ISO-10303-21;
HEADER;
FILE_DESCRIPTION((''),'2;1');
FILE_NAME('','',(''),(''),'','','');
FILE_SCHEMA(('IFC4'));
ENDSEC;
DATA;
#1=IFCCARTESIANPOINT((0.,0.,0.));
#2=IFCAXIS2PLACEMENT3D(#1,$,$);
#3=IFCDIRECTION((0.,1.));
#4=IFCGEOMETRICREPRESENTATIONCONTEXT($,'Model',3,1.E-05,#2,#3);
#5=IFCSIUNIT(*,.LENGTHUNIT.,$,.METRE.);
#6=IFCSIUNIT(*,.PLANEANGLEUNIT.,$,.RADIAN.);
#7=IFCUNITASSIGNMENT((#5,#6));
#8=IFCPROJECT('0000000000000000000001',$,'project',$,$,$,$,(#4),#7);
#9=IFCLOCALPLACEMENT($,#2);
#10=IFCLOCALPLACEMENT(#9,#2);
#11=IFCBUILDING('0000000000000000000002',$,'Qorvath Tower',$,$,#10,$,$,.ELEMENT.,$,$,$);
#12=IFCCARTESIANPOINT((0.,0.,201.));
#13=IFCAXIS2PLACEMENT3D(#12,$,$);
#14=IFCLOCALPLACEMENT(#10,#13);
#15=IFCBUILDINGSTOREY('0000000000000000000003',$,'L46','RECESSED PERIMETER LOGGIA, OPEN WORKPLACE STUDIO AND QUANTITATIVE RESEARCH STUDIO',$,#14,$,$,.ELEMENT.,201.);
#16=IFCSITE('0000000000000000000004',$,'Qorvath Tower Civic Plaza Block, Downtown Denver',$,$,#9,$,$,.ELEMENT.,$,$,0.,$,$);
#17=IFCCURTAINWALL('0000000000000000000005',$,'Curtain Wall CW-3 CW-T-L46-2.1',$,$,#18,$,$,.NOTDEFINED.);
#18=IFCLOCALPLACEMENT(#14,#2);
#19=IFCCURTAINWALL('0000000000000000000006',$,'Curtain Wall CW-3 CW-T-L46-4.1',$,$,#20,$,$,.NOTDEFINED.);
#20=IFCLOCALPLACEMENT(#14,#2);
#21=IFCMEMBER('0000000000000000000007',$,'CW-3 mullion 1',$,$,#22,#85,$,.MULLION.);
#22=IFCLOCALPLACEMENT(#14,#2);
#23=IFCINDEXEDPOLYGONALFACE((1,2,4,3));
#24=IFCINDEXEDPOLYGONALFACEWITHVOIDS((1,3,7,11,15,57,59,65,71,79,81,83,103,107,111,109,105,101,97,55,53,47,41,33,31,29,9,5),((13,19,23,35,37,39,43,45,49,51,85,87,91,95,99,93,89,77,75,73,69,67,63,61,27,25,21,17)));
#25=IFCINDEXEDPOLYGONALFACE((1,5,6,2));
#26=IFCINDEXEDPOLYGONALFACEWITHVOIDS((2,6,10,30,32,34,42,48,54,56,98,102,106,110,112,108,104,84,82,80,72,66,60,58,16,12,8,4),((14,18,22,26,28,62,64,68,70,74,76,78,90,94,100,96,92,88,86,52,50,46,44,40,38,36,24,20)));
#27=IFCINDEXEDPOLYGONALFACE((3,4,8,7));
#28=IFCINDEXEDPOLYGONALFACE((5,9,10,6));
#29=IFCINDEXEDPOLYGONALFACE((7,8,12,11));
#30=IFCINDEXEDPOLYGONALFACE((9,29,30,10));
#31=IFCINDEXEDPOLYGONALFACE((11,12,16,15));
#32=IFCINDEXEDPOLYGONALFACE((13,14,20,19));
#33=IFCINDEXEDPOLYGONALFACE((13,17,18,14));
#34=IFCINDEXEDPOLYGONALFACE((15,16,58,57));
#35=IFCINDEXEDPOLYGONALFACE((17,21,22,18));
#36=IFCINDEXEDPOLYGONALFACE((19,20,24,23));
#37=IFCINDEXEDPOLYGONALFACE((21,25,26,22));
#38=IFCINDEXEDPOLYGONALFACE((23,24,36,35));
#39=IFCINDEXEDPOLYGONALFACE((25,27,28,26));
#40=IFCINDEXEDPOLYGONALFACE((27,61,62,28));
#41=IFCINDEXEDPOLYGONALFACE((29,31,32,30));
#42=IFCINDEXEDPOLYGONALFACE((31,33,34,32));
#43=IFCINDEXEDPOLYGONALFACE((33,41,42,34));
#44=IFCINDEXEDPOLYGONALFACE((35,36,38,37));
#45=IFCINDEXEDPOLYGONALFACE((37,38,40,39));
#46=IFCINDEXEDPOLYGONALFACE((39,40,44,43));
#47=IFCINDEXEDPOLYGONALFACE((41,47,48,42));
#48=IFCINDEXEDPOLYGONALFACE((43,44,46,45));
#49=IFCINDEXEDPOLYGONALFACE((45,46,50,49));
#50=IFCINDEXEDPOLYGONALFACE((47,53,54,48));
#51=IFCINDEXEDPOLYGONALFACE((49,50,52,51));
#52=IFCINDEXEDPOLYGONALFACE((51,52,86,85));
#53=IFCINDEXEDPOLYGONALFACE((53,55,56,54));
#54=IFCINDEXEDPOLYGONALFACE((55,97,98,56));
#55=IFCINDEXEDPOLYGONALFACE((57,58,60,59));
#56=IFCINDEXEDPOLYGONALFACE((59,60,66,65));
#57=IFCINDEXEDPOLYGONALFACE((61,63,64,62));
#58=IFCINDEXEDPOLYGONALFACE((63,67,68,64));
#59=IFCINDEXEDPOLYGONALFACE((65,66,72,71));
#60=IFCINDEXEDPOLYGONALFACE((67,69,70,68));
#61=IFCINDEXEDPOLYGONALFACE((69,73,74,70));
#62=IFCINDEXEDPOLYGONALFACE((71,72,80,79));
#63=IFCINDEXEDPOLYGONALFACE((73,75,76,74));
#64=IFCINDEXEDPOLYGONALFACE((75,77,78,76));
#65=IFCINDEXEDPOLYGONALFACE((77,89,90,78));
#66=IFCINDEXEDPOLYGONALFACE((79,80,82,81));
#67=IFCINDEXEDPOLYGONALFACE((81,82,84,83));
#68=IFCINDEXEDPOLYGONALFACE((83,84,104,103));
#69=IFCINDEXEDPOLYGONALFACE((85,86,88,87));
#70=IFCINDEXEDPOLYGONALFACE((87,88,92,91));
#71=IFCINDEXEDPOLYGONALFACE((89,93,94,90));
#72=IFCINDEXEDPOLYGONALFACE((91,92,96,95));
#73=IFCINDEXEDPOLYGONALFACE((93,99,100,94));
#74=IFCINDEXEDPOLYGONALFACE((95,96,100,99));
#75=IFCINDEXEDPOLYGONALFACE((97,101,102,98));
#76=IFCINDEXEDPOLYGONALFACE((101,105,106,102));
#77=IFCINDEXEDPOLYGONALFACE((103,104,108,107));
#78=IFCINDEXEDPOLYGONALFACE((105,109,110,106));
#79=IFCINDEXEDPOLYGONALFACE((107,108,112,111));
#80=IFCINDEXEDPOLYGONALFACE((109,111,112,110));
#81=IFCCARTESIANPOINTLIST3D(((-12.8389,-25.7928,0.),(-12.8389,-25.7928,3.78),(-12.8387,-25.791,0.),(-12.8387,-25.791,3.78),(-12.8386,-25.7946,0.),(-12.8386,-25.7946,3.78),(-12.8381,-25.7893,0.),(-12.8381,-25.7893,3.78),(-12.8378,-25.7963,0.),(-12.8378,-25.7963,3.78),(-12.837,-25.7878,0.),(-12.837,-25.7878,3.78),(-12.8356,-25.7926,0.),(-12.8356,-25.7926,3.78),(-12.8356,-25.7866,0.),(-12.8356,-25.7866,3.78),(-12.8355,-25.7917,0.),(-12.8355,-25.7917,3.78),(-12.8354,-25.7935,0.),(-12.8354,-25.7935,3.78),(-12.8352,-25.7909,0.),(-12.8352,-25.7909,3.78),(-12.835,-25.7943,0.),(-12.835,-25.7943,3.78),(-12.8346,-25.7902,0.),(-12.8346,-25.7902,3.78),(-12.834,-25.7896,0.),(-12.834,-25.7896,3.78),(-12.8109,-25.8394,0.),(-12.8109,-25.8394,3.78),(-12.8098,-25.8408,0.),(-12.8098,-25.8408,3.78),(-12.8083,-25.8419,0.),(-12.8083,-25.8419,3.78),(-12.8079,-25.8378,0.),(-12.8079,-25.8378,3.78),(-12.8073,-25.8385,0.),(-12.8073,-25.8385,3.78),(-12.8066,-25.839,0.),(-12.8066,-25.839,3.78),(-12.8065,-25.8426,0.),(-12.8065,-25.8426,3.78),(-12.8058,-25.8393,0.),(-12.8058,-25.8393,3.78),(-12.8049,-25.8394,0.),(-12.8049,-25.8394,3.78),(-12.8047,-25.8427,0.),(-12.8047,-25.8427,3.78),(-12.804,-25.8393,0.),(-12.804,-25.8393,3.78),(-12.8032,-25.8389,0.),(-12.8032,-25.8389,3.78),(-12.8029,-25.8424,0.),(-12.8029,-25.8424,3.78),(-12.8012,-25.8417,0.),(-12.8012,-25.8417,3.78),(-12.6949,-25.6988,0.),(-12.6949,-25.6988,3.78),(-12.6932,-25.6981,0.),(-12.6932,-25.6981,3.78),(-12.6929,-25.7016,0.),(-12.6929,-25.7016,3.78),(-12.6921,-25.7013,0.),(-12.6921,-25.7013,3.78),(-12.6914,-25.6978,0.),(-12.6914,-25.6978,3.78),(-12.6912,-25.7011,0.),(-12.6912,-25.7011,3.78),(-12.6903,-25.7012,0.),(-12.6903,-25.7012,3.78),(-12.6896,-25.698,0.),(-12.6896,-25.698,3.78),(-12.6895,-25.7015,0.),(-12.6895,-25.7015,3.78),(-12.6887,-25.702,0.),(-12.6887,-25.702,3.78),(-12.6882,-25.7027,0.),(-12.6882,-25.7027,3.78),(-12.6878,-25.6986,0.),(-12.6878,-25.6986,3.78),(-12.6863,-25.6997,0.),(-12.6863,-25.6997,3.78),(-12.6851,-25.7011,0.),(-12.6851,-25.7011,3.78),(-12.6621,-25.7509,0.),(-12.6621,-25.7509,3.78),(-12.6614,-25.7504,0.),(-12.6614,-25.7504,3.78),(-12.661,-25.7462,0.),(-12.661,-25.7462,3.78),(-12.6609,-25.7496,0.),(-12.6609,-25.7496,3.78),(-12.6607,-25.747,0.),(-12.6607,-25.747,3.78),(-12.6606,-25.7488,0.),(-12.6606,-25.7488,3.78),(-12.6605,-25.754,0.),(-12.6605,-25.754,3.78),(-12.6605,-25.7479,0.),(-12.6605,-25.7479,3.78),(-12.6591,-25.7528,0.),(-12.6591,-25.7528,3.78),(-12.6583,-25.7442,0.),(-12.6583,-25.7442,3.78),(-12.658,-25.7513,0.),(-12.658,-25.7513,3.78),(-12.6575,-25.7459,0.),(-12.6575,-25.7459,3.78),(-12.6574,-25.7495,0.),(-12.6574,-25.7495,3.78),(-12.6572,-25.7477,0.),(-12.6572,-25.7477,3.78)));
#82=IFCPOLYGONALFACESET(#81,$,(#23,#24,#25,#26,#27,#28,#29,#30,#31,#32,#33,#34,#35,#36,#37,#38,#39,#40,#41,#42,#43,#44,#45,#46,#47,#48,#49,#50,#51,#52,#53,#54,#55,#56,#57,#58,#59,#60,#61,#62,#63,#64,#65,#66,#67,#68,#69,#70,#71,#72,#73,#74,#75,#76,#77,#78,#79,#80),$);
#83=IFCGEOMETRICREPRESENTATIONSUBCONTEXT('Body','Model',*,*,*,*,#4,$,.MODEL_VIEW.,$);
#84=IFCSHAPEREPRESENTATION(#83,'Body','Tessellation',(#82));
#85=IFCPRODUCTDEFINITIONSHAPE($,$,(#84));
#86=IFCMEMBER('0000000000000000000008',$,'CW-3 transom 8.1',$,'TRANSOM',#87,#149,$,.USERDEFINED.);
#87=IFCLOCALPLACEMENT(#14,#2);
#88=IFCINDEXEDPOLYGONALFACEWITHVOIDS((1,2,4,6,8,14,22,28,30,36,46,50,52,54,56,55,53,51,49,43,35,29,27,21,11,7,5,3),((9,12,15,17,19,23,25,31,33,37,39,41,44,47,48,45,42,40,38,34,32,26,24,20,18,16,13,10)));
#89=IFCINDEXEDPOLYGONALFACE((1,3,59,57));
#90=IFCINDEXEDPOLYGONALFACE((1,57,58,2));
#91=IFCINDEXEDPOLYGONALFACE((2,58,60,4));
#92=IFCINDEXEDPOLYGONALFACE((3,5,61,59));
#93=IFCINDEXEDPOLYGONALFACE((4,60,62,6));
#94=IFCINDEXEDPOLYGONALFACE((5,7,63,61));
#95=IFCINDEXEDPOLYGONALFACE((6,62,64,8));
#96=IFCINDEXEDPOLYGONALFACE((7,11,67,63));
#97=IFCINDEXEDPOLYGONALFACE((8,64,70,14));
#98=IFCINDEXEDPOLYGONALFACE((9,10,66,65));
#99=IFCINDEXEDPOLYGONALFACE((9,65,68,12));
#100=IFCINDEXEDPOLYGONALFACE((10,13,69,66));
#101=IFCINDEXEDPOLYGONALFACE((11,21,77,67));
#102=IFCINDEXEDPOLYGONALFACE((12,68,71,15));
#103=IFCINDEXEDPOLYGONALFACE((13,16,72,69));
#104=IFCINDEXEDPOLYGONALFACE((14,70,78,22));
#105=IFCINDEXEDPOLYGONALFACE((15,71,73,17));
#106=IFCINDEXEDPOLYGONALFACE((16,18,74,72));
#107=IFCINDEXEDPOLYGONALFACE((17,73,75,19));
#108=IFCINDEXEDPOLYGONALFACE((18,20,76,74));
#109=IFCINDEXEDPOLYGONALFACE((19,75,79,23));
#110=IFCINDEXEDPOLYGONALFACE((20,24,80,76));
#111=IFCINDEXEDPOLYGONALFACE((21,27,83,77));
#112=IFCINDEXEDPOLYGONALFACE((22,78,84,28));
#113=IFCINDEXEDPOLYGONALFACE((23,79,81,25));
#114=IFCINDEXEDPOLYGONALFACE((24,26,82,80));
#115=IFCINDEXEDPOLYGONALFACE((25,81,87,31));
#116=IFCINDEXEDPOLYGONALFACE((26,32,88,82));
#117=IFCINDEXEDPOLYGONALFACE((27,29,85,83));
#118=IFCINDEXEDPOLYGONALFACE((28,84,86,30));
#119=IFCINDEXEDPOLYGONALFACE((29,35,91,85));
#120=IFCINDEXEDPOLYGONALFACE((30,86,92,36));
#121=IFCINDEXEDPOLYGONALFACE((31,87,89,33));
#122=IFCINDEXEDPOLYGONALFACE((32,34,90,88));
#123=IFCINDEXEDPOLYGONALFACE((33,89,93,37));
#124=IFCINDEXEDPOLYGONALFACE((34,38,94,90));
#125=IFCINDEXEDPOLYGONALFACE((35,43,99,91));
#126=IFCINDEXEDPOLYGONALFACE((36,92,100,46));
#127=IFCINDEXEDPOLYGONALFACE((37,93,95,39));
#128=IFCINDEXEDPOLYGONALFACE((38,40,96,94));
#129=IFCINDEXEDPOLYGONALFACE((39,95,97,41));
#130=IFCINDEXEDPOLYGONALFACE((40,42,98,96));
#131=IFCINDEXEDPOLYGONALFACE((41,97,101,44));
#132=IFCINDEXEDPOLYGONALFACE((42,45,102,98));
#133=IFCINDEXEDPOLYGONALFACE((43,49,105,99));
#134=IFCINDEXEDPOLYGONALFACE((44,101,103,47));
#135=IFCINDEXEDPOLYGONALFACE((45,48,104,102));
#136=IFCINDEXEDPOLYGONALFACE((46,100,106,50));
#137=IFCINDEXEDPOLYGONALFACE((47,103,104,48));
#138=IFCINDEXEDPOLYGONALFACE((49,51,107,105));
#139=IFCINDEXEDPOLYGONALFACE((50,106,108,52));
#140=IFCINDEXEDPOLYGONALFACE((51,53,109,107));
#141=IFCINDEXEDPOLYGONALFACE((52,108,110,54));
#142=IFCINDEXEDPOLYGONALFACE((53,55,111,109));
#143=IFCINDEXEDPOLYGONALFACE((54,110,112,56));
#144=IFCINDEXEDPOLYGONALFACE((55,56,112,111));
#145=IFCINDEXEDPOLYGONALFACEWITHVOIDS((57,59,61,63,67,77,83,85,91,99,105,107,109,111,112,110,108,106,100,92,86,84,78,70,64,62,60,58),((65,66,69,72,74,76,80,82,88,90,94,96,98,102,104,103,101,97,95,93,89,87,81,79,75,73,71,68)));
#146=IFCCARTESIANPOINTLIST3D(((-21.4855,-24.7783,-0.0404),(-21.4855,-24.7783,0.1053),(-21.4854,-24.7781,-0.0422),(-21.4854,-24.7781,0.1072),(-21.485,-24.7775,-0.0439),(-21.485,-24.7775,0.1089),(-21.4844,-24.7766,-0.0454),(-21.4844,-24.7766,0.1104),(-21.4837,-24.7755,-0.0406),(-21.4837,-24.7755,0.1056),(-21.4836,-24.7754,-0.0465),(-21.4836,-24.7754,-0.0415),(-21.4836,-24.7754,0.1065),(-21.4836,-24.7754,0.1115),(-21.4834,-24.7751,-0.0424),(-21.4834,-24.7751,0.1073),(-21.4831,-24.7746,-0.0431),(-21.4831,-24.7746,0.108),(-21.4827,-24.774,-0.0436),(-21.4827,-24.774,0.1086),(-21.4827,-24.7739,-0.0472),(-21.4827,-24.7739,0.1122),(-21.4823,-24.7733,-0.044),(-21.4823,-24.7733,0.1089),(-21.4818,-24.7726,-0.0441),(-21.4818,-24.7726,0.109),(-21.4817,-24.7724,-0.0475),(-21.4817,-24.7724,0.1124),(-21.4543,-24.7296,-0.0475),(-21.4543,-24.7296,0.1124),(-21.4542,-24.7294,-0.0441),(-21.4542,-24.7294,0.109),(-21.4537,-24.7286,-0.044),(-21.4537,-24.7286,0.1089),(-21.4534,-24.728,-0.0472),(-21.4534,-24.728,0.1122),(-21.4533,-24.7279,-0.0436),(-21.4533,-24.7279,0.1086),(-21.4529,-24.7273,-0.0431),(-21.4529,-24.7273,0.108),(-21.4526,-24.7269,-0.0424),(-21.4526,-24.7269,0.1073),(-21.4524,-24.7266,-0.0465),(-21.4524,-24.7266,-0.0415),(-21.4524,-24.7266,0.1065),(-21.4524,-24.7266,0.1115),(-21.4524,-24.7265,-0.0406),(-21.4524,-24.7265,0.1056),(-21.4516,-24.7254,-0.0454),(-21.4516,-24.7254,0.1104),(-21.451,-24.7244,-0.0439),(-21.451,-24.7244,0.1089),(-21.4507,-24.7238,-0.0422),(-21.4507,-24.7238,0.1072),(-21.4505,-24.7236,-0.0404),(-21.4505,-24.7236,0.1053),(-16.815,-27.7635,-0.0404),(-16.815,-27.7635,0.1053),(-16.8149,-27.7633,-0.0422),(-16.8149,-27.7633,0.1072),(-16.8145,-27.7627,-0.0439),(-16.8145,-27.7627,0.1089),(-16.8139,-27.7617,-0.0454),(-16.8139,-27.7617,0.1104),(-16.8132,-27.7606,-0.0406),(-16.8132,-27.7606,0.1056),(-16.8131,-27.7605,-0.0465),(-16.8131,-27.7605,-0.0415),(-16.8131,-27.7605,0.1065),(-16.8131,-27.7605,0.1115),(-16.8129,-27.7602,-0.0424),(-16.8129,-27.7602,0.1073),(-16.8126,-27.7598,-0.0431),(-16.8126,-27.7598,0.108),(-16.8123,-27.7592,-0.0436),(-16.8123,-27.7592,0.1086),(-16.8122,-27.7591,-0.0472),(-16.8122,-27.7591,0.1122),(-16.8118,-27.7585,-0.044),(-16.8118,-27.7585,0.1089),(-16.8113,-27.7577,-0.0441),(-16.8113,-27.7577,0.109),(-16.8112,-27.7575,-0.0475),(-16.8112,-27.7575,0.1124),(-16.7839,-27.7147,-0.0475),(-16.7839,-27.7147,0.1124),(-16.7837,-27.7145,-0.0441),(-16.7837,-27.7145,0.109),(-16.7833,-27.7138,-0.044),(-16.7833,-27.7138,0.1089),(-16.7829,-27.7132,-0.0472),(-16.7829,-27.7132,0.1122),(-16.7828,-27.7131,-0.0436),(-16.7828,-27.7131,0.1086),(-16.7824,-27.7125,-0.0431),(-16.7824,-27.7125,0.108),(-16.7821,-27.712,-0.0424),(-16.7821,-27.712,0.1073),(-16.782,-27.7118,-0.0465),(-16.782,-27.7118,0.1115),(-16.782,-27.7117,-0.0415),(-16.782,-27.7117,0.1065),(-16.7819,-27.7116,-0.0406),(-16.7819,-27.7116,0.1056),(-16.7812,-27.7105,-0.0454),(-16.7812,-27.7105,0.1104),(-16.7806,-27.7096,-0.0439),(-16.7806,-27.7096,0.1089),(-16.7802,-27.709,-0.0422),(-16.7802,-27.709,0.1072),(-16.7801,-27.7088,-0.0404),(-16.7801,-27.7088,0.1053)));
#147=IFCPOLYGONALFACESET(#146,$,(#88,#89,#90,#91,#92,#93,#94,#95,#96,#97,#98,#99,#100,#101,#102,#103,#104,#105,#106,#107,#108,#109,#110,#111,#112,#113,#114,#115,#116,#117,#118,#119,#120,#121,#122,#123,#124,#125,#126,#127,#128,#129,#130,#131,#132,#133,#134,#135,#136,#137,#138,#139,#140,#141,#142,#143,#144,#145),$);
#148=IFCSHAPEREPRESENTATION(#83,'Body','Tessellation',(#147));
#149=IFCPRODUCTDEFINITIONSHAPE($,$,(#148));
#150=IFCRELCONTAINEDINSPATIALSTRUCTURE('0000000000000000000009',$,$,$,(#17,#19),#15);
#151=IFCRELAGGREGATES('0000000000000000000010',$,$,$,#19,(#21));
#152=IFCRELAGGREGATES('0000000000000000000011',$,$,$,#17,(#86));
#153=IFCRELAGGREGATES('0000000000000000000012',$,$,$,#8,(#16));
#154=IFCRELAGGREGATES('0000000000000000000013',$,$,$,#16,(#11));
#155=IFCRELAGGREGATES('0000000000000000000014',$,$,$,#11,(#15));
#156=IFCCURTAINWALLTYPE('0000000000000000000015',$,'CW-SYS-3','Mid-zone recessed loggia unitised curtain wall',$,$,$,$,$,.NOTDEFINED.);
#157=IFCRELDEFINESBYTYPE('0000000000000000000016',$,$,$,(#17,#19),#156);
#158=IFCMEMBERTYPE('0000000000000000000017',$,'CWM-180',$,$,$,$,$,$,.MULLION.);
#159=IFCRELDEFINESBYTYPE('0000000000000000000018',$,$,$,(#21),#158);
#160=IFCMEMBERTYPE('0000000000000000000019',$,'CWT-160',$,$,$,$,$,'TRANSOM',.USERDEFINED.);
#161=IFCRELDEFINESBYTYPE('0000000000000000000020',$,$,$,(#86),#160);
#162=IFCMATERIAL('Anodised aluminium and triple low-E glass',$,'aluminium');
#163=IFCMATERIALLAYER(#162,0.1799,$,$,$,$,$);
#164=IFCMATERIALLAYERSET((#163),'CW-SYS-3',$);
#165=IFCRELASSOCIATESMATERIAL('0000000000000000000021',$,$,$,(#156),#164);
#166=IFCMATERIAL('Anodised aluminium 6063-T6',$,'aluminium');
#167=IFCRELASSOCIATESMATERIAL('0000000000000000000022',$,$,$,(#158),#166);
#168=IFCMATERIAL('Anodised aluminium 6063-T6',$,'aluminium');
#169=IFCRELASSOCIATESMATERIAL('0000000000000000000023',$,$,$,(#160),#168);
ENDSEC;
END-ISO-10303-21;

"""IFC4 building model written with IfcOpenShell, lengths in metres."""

from ifc_helpers import new_model, si_unit, direction, frame, origin, origin_2d, place, context, subcontext, project, spatial, hollow_rectangle, extrude, material, layer, layer_set, material_profile, profile_set, type_object, element, aggregate, save


model = new_model("IFC4")

# Units and contexts
model_context = context("Model", 3, precision=1e-05, world=origin(), true_north=direction((0.0, 1.0)))
body_context = subcontext(model_context, "Body", "Model", "MODEL_VIEW")
ifc_project = project(units=[si_unit("LENGTHUNIT", "METRE"), si_unit("PLANEANGLEUNIT", "RADIAN")], contexts=[model_context])

# Site, building, storey
site_placement = place(None, origin())
site = spatial("IfcSite", under=ifc_project, at=site_placement, Name="Qorvath Tower Civic Plaza Block, Downtown Denver", CompositionType="ELEMENT", RefElevation=0.0)
building_placement = place(site_placement, origin())
building = spatial("IfcBuilding", under=site, at=building_placement, Name="Qorvath Tower", CompositionType="ELEMENT")
storey_placement = place(building_placement, frame((0.0, 0.0, 201.0)))
storey = spatial("IfcBuildingStorey", under=building, at=storey_placement, Name="L46", Description="RECESSED PERIMETER LOGGIA, OPEN WORKPLACE STUDIO AND QUANTITATIVE RESEARCH STUDIO", CompositionType="ELEMENT", Elevation=201.0)

# Curtain wall
ifc_material_1 = material(Name="Anodised aluminium and triple low-E glass", Category="aluminium")
ifc_layer_1 = layer(ifc_material_1, 0.1799)
ifc_layer_set_1 = layer_set([ifc_layer_1], Name="CW-SYS-3")
curtain_wall_type = type_object("IfcCurtainWallType", Name="CW-SYS-3", Description="Mid-zone recessed loggia unitised curtain wall", PredefinedType="NOTDEFINED", material=ifc_layer_set_1)
curtain_wall_1_placement = place(storey_placement, origin())
curtain_wall_1 = element("IfcCurtainWall", 1, at=curtain_wall_1_placement, inside=storey, type_object=curtain_wall_type, Name="Curtain Wall CW-3 CW-T-L46-2.1", PredefinedType="NOTDEFINED")
ifc_material_2 = material(Name="Anodised aluminium 6063-T6", Category="aluminium")
ifc_material_profile_1 = material_profile(ifc_material_2, hollow_rectangle(XDim=0.0649, YDim=0.1799, WallThickness=0.0034, InnerFilletRadius=0.0034, OuterFilletRadius=0.0071, at=origin_2d()), Name="CWM 180x65")
ifc_profile_set_1 = profile_set([ifc_material_profile_1], Name="Anodised aluminium 6063-T6")
member_type_1 = type_object("IfcMemberType", Name="CWM-180", PredefinedType="MULLION", material=ifc_profile_set_1)

# Curtain wall, member
curtain_wall_2_placement = place(storey_placement, origin())
curtain_wall_2 = element("IfcCurtainWall", 2, at=curtain_wall_2_placement, inside=storey, type_object=curtain_wall_type, Name="Curtain Wall CW-3 CW-T-L46-4.1", PredefinedType="NOTDEFINED")
member_1_placement = place(storey_placement, frame((-12.748, -25.7703, 0.0), z_axis=(0.0, 0.0, 1.0), x_axis=(-0.529206, 0.848493, 0.0)))
member_1 = element("IfcMember", 3, at=member_1_placement, type_object=member_type_1, Name="CW-3 mullion 1", PredefinedType="MULLION", context=body_context, shape_type="SweptSolid", body=[
    extrude(hollow_rectangle(XDim=0.0649, YDim=0.1799, WallThickness=0.0034, InnerFilletRadius=0.0034, OuterFilletRadius=0.0071, at=origin_2d()), origin(), (0.0, 0.0, 1.0), 3.78),
])
aggregate(curtain_wall_2, [member_1])

# Member
ifc_material_3 = material(Name="Anodised aluminium 6063-T6", Category="aluminium")
ifc_material_profile_2 = material_profile(ifc_material_3, hollow_rectangle(XDim=0.0649, YDim=0.1599, WallThickness=0.0034, InnerFilletRadius=0.0034, OuterFilletRadius=0.0071, at=origin_2d()), Name="CWT 160x65")
ifc_profile_set_2 = profile_set([ifc_material_profile_2], Name="Anodised aluminium 6063-T6")
member_type_2 = type_object("IfcMemberType", Name="CWT-160", ElementType="TRANSOM", PredefinedType="USERDEFINED", material=ifc_profile_set_2)
member_2_placement = place(storey_placement, frame((-21.468, -24.751, 0.0325), z_axis=(0.842595, -0.538547, 0.0), x_axis=(0.538547, 0.842595, 0.0)))
member_2 = element("IfcMember", 4, at=member_2_placement, type_object=member_type_2, Name="CW-3 transom 8.1", ObjectType="TRANSOM", PredefinedType="USERDEFINED", context=body_context, shape_type="SweptSolid", body=[
    extrude(hollow_rectangle(XDim=0.0649, YDim=0.1599, WallThickness=0.0034, InnerFilletRadius=0.0034, OuterFilletRadius=0.0071, at=origin_2d()), origin(), (0.0, 0.0, 1.0), 5.543),
])

aggregate(curtain_wall_1, [member_2])

save(model, "model.ifc")
